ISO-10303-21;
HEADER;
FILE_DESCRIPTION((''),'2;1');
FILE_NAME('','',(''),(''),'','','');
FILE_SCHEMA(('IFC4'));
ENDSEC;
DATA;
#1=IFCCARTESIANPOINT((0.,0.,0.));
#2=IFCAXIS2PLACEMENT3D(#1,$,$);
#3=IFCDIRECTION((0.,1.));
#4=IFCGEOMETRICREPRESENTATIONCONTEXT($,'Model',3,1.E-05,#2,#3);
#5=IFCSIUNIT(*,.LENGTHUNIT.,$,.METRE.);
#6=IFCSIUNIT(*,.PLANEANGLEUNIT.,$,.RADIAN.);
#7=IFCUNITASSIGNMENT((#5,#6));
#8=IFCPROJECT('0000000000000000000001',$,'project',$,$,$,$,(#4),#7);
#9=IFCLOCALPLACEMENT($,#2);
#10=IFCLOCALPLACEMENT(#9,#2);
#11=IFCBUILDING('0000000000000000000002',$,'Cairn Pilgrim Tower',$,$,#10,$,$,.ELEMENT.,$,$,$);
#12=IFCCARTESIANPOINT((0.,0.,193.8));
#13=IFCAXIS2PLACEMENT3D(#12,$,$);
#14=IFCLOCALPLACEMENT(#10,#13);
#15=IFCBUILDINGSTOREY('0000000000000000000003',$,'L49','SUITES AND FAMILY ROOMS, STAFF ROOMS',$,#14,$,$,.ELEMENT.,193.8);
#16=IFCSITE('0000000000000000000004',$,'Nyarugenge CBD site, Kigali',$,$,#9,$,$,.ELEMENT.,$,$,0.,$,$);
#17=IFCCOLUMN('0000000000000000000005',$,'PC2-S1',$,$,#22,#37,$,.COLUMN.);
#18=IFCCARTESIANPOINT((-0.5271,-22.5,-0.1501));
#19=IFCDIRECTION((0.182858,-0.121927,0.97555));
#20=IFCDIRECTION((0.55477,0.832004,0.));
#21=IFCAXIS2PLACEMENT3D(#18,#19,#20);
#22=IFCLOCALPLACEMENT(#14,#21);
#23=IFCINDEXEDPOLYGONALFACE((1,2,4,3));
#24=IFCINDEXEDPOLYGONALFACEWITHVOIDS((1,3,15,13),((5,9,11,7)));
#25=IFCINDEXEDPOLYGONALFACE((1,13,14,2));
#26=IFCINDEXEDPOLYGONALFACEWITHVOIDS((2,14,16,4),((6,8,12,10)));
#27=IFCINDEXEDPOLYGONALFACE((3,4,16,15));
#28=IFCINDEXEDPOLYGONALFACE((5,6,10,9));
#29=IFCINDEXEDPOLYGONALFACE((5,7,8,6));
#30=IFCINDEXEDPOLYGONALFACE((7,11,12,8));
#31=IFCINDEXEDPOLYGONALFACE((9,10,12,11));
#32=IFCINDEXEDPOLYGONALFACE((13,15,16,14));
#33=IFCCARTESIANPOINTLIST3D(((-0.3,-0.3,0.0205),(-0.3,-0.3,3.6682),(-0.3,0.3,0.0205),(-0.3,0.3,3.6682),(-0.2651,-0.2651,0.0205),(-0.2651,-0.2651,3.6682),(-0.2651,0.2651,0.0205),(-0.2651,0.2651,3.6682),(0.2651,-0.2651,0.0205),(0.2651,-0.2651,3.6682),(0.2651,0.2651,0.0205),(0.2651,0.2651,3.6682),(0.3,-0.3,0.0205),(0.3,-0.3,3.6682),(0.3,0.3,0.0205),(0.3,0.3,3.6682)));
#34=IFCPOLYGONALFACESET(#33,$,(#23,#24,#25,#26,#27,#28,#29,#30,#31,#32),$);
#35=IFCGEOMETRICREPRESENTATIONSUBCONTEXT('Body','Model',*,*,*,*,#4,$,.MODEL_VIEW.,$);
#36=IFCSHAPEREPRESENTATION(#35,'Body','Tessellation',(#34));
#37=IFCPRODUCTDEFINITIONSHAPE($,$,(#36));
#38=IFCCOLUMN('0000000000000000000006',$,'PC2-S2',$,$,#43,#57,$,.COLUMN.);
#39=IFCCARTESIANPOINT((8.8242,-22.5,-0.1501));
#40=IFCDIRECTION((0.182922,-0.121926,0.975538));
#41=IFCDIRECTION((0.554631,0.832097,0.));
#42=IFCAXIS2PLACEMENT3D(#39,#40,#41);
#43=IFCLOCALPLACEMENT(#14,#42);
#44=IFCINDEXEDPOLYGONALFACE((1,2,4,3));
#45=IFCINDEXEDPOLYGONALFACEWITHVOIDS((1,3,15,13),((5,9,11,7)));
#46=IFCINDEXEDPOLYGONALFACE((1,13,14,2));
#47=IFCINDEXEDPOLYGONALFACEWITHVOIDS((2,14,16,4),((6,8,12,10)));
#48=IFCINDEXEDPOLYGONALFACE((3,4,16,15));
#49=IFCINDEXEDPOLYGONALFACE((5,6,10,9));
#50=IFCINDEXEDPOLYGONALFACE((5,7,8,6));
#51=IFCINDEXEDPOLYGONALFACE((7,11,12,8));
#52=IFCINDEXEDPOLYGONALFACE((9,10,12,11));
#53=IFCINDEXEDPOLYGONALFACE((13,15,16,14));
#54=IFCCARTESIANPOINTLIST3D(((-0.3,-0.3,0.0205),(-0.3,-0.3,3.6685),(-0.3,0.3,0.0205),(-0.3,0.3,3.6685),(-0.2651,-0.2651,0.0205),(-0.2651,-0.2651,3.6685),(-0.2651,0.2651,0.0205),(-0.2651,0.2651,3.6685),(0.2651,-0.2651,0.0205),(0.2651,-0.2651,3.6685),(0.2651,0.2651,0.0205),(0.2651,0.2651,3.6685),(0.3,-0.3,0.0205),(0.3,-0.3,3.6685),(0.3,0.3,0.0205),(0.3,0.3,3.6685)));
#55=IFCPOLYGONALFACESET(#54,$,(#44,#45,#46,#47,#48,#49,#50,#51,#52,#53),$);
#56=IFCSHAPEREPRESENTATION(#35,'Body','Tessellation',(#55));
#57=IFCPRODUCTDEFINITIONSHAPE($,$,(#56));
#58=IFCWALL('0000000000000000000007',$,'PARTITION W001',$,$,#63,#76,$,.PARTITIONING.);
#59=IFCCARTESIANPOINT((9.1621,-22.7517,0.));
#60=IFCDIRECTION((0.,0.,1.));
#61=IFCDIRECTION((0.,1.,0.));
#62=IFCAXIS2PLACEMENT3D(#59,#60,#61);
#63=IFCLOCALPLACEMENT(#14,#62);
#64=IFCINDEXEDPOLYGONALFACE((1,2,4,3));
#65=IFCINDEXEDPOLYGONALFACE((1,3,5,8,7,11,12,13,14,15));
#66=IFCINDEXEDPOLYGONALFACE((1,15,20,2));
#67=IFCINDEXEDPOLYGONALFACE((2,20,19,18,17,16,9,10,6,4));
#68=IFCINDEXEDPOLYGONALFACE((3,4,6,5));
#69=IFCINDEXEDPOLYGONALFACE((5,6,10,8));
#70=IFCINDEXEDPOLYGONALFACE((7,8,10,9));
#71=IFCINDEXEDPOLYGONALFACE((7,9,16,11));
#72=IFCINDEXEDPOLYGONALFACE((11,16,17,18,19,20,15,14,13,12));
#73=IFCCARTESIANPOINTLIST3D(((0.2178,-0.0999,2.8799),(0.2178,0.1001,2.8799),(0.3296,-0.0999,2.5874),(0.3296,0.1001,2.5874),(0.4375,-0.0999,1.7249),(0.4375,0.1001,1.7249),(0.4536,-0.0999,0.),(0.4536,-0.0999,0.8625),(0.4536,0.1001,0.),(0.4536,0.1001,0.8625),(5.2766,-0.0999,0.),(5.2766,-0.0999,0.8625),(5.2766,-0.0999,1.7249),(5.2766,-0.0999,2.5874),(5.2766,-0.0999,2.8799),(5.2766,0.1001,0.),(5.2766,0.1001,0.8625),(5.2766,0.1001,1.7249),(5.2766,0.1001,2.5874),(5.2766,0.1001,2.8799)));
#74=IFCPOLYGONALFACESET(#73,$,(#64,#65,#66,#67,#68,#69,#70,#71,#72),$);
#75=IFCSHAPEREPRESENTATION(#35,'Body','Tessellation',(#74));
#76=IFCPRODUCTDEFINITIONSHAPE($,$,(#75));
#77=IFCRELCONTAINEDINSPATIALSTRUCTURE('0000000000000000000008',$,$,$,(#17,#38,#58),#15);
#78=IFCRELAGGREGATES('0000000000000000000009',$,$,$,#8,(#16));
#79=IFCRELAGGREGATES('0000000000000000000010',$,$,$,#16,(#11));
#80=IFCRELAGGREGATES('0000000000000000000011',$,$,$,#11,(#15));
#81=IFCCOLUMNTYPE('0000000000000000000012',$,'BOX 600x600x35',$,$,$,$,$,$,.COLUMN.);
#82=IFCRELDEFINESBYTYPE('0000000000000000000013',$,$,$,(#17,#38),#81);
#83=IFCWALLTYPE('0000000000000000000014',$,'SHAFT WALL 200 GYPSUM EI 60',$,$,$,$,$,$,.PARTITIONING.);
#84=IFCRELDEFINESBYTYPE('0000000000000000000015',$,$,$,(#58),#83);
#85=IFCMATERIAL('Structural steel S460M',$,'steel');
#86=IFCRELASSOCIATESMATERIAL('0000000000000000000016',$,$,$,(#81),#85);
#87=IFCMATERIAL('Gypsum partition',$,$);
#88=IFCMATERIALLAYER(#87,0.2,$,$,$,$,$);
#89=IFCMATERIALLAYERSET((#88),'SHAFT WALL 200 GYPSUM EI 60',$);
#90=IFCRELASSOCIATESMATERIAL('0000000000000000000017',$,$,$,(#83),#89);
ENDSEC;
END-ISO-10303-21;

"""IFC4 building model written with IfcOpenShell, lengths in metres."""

from ifc_helpers import new_model, si_unit, direction, frame, origin, origin_2d, place, context, subcontext, project, spatial, polyline, hollow_rectangle, outline, extrude, clip, halfspace, material, layer, layer_set, material_profile, profile_set, type_object, element, save


model = new_model("IFC4")

# Units and contexts
model_context = context("Model", 3, precision=1e-05, world=origin(), true_north=direction((0.0, 1.0)))
body_context = subcontext(model_context, "Body", "Model", "MODEL_VIEW")
ifc_project = project(units=[si_unit("LENGTHUNIT", "METRE"), si_unit("PLANEANGLEUNIT", "RADIAN")], contexts=[model_context])

# Site, building, storey
site_placement = place(None, origin())
site = spatial("IfcSite", under=ifc_project, at=site_placement, Name="Nyarugenge CBD site, Kigali", CompositionType="ELEMENT", RefElevation=0.0)
building_placement = place(site_placement, origin())
building = spatial("IfcBuilding", under=site, at=building_placement, Name="Cairn Pilgrim Tower", CompositionType="ELEMENT")
storey_placement = place(building_placement, frame((0.0, 0.0, 193.8)))
storey = spatial("IfcBuildingStorey", under=building, at=storey_placement, Name="L49", Description="SUITES AND FAMILY ROOMS, STAFF ROOMS", CompositionType="ELEMENT", Elevation=193.8)

# Columns
ifc_material_1 = material(Name="Structural steel S460M", Category="steel")
ifc_material_profile_1 = material_profile(ifc_material_1, hollow_rectangle(XDim=0.6001, YDim=0.6001, WallThickness=0.0349, at=origin_2d()), Name="BOX 600x600x35")
ifc_profile_set_1 = profile_set([ifc_material_profile_1], Name="Structural steel S460M")
column_type = type_object("IfcColumnType", Name="BOX 600x600x35", PredefinedType="COLUMN", material=ifc_profile_set_1)
column_1_placement = place(storey_placement, frame((-0.5271, -22.5, -0.1501), z_axis=(0.182858, -0.121927, 0.97555), x_axis=(0.55477, 0.832004, 0.0)))
element("IfcColumn", 1, at=column_1_placement, inside=storey, type_object=column_type, Name="PC2-S1", PredefinedType="COLUMN", context=body_context, shape_type="Clipping", body=[
    clip(clip(extrude(hollow_rectangle(XDim=0.6001, YDim=0.6001, WallThickness=0.0349, at=origin_2d()), origin(), (0.0, 0.0, 1.0), 3.6904), halfspace(frame((0.0, 0.0, 0.0205), z_axis=(0.0, 0.0, 1.0), x_axis=(1.0, 0.0, 0.0)), True)), halfspace(frame((0.0, 0.0, 3.6682), z_axis=(0.0, 0.0, 1.0), x_axis=(1.0, 0.0, 0.0)), False)),
])
column_2_placement = place(storey_placement, frame((8.8242, -22.5, -0.1501), z_axis=(0.182922, -0.121926, 0.975538), x_axis=(0.554631, 0.832097, 0.0)))
element("IfcColumn", 2, at=column_2_placement, inside=storey, type_object=column_type, Name="PC2-S2", PredefinedType="COLUMN", context=body_context, shape_type="Clipping", body=[
    clip(clip(extrude(hollow_rectangle(XDim=0.6001, YDim=0.6001, WallThickness=0.0349, at=origin_2d()), origin(), (0.0, 0.0, 1.0), 3.6904), halfspace(frame((0.0, 0.0, 0.0205), z_axis=(0.0, 0.0, 1.0), x_axis=(1.0, 0.0, 0.0)), True)), halfspace(frame((0.0, 0.0, 3.6685), z_axis=(0.0, 0.0, 1.0), x_axis=(1.0, 0.0, 0.0)), False)),
])

# Wall
ifc_material_2 = material(Name="Gypsum partition")
ifc_layer_1 = layer(ifc_material_2, 0.2)
ifc_layer_set_1 = layer_set([ifc_layer_1], Name="SHAFT WALL 200 GYPSUM EI 60")
wall_type_1 = type_object("IfcWallType", Name="SHAFT WALL 200 GYPSUM EI 60", PredefinedType="PARTITIONING", material=ifc_layer_set_1)
wall_1_placement = place(storey_placement, frame((9.1621, -22.7517, 0.0), z_axis=(0.0, 0.0, 1.0), x_axis=(0.0, 1.0, 0.0)))
element("IfcWall", 3, at=wall_1_placement, inside=storey, type_object=wall_type_1, Name="PARTITION W001", PredefinedType="PARTITIONING", context=body_context, shape_type="SweptSolid", body=[
    extrude(outline(polyline([(0.4536, 0.0), (5.2766, 0.0), (5.2766, 0.8625), (5.2766, 1.7249), (5.2766, 2.5874), (5.2766, 2.8799), (0.2178, 2.8799), (0.3296, 2.5874), (0.4375, 1.7249), (0.4536, 0.8625), (0.4536, 0.0)])), frame((0.0, 0.1001, 0.0), z_axis=(0.0, -1.0, 0.0), x_axis=(1.0, 0.0, 0.0)), (0.0, 0.0, 1.0), 0.2),
])

save(model, "model.ifc")
